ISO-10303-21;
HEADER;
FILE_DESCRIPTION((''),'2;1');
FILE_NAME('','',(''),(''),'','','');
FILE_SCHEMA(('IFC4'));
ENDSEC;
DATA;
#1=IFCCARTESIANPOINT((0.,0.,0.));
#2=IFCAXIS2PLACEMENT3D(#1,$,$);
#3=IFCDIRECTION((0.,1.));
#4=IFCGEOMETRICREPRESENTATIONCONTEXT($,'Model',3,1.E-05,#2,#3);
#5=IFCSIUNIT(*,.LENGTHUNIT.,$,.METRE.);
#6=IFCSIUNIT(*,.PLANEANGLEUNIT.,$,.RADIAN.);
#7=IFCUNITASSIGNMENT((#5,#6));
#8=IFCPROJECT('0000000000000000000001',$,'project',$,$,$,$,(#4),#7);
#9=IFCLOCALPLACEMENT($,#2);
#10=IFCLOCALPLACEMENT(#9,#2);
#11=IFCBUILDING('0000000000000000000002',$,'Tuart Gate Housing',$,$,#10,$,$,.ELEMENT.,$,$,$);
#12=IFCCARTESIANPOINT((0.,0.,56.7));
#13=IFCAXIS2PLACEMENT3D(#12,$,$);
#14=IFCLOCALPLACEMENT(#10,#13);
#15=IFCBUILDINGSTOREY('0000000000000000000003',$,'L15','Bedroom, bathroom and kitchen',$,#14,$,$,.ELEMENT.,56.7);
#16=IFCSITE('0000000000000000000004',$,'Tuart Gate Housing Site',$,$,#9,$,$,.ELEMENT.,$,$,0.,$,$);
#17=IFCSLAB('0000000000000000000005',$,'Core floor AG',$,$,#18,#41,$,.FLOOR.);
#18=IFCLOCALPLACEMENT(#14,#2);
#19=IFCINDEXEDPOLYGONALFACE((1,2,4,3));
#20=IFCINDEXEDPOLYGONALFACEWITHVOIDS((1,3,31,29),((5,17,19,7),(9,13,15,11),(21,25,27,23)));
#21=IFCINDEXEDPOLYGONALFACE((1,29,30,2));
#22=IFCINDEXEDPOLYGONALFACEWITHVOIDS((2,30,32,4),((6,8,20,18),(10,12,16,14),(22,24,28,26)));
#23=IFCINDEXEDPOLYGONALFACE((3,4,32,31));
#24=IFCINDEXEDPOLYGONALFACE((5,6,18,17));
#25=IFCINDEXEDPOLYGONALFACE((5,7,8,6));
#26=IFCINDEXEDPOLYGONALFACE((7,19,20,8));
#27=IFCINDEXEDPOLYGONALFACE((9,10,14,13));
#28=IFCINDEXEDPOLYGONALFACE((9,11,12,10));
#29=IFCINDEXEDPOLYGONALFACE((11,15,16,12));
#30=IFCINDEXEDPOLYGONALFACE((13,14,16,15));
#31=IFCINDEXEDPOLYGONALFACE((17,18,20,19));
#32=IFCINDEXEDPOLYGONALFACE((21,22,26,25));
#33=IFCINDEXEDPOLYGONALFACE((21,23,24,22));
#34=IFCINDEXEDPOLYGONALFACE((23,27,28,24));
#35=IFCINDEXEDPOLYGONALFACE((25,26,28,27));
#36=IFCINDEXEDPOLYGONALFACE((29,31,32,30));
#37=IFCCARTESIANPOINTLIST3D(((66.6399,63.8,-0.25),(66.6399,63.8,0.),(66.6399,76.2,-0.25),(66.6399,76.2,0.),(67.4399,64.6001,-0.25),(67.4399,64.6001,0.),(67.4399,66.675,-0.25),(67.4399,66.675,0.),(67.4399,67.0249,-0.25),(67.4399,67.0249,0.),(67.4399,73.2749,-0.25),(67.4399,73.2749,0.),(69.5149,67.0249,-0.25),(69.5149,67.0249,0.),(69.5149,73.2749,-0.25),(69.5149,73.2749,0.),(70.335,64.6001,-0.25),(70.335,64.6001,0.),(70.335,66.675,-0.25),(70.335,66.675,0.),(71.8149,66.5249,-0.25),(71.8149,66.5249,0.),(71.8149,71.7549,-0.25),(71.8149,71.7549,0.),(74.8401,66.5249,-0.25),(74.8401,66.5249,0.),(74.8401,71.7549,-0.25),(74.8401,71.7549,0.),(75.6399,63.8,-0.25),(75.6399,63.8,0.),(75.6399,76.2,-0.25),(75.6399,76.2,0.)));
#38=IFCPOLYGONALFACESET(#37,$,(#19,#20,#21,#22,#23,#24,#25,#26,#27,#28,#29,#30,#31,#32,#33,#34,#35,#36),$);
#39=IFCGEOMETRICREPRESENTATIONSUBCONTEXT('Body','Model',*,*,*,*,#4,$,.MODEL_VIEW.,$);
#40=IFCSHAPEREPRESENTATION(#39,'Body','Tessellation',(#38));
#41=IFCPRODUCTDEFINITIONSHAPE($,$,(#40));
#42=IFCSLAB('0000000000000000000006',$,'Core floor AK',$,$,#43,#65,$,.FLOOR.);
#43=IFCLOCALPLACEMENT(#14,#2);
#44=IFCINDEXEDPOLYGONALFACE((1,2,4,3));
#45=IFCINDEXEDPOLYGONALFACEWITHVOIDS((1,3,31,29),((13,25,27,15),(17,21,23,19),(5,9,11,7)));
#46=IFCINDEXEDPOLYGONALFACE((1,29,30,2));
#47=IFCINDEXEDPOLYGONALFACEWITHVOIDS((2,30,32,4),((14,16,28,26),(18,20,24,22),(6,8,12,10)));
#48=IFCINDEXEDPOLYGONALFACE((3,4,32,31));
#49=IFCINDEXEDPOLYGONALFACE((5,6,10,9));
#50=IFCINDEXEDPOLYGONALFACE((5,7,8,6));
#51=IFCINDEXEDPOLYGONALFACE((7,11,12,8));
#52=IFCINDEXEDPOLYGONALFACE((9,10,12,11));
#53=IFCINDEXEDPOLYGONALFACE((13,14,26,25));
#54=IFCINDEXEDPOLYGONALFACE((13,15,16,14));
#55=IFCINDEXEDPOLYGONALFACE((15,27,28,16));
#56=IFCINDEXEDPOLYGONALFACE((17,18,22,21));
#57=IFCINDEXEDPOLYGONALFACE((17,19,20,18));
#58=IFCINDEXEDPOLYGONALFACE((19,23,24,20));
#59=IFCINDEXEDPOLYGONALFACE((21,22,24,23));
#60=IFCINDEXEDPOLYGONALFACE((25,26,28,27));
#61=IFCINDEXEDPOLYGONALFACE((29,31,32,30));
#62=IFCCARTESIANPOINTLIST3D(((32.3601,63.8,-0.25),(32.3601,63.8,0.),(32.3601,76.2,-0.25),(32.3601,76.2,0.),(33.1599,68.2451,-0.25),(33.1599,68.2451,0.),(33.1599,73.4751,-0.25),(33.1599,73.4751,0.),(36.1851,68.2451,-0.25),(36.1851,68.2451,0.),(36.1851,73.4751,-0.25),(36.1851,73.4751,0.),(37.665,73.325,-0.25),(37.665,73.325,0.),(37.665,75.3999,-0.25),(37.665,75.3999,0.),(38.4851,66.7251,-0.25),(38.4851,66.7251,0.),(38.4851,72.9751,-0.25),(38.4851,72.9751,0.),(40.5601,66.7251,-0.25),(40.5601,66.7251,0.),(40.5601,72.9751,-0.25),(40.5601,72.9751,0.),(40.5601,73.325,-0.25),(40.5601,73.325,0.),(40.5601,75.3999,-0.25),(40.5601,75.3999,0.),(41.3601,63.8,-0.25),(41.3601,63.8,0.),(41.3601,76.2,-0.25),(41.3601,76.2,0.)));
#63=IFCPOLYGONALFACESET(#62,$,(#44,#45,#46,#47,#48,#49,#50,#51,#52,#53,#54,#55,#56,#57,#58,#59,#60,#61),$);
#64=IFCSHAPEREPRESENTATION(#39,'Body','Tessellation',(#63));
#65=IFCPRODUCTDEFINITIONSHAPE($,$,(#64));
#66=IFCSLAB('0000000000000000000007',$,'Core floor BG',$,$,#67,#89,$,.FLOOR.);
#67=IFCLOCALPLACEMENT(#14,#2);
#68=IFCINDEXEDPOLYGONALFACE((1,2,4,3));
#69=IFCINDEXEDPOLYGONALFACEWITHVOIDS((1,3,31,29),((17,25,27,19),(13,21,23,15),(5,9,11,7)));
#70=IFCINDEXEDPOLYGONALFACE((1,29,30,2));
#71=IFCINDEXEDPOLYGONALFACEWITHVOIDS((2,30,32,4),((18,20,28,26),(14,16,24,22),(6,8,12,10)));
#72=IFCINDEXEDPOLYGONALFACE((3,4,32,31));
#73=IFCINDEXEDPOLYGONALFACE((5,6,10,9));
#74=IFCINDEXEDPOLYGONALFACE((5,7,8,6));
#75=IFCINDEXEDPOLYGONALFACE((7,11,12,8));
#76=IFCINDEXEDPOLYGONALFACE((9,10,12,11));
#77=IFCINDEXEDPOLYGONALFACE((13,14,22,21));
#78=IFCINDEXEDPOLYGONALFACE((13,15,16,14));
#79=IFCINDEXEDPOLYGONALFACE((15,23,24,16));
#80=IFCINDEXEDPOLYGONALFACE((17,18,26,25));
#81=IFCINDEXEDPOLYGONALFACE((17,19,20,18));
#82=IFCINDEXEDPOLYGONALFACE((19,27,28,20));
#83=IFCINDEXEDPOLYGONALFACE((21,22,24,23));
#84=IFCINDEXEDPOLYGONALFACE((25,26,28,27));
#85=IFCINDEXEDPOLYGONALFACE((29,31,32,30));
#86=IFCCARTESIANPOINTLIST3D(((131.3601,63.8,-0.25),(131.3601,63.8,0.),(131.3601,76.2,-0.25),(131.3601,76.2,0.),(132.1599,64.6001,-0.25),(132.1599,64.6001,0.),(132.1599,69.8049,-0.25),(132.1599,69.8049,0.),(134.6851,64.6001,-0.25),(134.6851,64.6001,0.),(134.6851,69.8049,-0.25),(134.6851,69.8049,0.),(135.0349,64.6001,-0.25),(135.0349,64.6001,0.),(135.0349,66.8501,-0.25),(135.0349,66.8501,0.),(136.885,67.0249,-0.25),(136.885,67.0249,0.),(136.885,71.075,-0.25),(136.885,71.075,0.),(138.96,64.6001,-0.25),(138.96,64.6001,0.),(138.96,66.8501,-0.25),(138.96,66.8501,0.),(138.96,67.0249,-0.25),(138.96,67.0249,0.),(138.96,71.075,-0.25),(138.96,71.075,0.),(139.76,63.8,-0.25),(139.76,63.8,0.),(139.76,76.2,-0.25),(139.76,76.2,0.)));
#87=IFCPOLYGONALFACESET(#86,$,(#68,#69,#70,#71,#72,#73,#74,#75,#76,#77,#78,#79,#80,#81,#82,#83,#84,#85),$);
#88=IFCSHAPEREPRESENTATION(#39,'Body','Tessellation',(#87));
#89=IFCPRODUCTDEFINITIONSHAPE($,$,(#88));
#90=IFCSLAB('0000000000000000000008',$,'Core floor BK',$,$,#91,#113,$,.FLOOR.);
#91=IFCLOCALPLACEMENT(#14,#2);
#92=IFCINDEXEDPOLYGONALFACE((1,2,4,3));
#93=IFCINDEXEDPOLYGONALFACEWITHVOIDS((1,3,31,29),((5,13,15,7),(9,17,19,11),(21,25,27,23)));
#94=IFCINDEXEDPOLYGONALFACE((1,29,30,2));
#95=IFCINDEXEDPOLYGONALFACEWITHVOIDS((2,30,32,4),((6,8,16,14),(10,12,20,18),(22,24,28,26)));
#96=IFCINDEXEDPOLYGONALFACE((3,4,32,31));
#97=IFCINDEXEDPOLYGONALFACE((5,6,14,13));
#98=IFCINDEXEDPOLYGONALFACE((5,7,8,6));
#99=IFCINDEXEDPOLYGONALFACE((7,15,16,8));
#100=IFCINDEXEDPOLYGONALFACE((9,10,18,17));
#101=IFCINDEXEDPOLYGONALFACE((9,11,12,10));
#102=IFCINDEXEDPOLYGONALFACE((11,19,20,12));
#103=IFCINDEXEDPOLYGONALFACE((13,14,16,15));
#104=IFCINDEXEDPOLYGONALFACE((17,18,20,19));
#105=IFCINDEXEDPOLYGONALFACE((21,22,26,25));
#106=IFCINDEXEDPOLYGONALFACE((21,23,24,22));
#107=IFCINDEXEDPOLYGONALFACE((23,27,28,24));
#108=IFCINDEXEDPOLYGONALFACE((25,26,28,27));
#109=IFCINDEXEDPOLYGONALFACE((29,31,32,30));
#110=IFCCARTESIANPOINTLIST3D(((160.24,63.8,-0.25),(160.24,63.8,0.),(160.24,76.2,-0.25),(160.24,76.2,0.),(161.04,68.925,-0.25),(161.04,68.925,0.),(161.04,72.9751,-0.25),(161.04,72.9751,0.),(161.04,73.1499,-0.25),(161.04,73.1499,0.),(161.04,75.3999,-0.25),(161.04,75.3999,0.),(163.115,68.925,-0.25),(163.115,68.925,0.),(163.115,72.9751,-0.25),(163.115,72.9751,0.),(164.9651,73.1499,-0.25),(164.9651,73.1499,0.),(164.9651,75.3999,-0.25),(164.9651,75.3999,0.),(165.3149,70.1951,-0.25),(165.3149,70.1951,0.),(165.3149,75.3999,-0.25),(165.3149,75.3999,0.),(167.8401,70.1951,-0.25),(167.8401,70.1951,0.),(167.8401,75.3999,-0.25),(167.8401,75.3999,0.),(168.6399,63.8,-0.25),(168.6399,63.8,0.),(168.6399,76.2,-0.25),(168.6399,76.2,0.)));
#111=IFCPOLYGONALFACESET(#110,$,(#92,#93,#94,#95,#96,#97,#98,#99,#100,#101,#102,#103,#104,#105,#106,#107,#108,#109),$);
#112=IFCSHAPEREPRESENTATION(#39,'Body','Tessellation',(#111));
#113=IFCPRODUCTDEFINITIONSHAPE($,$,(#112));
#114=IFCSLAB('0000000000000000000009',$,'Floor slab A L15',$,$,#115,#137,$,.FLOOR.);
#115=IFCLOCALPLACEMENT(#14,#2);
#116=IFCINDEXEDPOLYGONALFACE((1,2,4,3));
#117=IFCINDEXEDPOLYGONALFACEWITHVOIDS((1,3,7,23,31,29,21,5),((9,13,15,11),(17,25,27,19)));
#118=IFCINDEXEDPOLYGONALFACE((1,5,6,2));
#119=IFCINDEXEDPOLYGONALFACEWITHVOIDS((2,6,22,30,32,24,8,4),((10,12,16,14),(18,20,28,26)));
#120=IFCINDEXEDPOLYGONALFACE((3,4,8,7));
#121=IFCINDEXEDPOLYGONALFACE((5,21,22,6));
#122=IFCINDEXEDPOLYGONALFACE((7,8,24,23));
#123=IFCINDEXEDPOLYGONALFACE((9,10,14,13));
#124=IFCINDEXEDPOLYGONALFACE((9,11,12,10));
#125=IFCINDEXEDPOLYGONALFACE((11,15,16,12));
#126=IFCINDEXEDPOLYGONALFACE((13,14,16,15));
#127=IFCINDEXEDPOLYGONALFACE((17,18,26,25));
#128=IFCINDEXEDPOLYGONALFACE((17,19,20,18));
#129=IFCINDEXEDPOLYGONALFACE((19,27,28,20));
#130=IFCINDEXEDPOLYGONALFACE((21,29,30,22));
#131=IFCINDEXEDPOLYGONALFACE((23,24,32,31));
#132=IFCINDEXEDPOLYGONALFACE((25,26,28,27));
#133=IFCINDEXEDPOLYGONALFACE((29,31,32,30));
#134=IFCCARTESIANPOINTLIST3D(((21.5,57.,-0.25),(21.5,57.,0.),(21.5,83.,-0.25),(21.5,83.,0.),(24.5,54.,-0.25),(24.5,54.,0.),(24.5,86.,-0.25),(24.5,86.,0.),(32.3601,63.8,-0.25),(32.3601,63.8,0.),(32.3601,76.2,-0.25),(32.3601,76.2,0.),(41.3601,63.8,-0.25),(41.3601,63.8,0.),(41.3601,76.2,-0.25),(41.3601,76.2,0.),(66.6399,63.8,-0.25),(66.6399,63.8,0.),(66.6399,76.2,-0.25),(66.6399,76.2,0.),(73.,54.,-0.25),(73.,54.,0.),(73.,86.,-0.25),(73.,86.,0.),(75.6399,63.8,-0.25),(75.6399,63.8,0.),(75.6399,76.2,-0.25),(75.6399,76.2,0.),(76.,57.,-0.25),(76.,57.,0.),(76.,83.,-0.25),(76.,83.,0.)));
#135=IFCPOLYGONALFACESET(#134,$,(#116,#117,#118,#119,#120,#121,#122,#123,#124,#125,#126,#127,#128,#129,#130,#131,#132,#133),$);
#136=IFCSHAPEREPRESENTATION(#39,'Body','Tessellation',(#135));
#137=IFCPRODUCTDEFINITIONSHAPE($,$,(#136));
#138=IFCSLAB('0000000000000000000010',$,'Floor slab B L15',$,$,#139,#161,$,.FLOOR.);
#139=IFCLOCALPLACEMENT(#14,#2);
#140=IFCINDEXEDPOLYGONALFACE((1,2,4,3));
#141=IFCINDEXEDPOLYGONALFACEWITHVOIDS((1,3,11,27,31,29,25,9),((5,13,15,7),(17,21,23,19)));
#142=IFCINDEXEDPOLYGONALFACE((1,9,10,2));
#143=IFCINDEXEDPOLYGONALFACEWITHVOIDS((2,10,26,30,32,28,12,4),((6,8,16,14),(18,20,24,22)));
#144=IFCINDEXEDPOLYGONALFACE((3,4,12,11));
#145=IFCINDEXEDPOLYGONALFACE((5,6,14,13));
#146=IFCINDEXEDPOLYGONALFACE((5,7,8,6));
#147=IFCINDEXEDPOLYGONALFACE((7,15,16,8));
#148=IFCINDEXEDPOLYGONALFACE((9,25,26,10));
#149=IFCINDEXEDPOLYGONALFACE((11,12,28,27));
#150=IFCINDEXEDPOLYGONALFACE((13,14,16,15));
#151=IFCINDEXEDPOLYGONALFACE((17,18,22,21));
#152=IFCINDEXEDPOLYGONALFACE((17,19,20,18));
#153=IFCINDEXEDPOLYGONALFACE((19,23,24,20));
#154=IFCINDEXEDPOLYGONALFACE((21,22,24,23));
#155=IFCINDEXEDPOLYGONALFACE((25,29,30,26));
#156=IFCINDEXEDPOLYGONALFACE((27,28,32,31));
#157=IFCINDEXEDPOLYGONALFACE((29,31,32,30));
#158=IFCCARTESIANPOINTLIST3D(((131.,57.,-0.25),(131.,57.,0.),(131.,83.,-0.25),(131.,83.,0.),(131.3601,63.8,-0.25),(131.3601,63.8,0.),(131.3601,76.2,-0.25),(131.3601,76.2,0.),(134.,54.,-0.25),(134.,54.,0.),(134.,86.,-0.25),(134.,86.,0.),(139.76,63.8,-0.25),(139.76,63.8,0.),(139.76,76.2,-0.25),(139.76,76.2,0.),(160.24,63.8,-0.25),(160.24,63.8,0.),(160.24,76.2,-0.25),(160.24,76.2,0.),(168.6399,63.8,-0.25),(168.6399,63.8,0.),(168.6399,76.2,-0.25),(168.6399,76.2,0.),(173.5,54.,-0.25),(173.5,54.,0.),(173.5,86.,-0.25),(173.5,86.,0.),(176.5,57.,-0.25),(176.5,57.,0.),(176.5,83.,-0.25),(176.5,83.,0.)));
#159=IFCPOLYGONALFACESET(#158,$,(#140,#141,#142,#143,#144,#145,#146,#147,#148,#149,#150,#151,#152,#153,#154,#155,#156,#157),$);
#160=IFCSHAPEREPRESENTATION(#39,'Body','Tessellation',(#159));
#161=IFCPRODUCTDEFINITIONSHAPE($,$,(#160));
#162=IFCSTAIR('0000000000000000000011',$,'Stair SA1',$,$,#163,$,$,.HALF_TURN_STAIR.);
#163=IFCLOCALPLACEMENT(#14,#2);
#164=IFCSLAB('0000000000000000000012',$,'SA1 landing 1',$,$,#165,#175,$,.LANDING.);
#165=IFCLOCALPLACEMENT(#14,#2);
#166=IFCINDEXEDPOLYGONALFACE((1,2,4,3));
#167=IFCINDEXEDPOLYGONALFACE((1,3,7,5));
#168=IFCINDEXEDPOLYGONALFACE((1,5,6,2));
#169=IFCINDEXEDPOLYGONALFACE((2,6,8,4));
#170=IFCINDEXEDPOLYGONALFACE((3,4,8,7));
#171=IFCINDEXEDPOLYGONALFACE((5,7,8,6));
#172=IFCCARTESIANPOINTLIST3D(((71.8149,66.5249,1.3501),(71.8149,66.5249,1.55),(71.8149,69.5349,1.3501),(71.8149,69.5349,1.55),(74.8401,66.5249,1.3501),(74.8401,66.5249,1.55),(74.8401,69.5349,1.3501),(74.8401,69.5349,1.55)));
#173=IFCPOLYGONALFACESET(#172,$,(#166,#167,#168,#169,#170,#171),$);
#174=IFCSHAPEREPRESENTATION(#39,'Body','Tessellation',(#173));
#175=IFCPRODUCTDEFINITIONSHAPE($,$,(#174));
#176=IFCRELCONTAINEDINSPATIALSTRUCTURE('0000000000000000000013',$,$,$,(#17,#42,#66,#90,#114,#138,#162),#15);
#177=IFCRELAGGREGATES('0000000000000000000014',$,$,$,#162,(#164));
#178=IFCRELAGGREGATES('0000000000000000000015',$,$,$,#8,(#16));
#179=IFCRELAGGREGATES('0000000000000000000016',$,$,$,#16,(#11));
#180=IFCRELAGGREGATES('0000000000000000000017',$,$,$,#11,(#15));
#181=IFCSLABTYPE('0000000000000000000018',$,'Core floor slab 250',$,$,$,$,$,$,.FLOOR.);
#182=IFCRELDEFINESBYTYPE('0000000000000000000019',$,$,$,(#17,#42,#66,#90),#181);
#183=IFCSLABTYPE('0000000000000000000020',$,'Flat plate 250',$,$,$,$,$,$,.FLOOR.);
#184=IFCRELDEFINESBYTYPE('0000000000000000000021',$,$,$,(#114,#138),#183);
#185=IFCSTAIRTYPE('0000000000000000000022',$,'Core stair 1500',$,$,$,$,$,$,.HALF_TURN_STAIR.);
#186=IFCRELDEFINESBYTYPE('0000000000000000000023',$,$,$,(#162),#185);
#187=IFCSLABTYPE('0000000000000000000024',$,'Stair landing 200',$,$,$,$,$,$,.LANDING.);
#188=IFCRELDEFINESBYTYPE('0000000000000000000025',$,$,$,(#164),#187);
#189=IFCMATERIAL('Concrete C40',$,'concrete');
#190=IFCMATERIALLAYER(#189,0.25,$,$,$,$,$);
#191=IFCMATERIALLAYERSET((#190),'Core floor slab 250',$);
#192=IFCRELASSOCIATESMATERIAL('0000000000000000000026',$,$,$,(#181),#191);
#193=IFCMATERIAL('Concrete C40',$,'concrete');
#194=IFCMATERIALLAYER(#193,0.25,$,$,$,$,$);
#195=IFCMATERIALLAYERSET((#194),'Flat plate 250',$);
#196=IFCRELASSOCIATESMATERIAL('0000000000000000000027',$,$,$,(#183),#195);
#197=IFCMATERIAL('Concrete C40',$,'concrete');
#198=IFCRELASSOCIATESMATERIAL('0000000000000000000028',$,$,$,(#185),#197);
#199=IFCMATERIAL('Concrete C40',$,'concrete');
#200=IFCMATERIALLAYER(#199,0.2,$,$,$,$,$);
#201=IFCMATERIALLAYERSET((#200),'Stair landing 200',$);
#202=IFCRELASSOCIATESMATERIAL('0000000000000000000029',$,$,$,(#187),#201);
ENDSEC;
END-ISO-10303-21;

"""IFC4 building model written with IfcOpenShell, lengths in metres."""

from ifc_helpers import new_model, si_unit, direction, frame, origin, place, context, subcontext, project, spatial, polyline, outline, extrude, material, layer, layer_set, type_object, element, aggregate, save


model = new_model("IFC4")

# Units and contexts
model_context = context("Model", 3, precision=1e-05, world=origin(), true_north=direction((0.0, 1.0)))
body_context = subcontext(model_context, "Body", "Model", "MODEL_VIEW")
ifc_project = project(units=[si_unit("LENGTHUNIT", "METRE"), si_unit("PLANEANGLEUNIT", "RADIAN")], contexts=[model_context])

# Site, building, storey
site_placement = place(None, origin())
site = spatial("IfcSite", under=ifc_project, at=site_placement, Name="Tuart Gate Housing Site", CompositionType="ELEMENT", RefElevation=0.0)
building_placement = place(site_placement, origin())
building = spatial("IfcBuilding", under=site, at=building_placement, Name="Tuart Gate Housing", CompositionType="ELEMENT")
storey_placement = place(building_placement, frame((0.0, 0.0, 56.7)))
storey = spatial("IfcBuildingStorey", under=building, at=storey_placement, Name="L15", Description="Bedroom, bathroom and kitchen", CompositionType="ELEMENT", Elevation=56.7)

# Slabs
ifc_material_1 = material(Name="Concrete C40", Category="concrete")
ifc_layer_1 = layer(ifc_material_1, 0.25)
ifc_layer_set_1 = layer_set([ifc_layer_1], Name="Core floor slab 250")
slab_type_1 = type_object("IfcSlabType", Name="Core floor slab 250", PredefinedType="FLOOR", material=ifc_layer_set_1)
slab_1_placement = place(storey_placement, frame((0.0, 0.0, -0.25)))
element("IfcSlab", 1, at=slab_1_placement, inside=storey, type_object=slab_type_1, Name="Core floor AG", PredefinedType="FLOOR", context=body_context, shape_type="SweptSolid", body=[
    extrude(outline(polyline([(66.6399, 63.8), (75.6399, 63.8), (75.6399, 76.2), (66.6399, 76.2), (66.6399, 63.8)]), holes=[polyline([(67.4399, 64.6001), (70.335, 64.6001), (70.335, 66.675), (67.4399, 66.675), (67.4399, 64.6001)]), polyline([(67.4399, 67.0249), (69.5149, 67.0249), (69.5149, 73.2749), (67.4399, 73.2749), (67.4399, 67.0249)]), polyline([(71.8149, 66.5249), (74.8401, 66.5249), (74.8401, 71.7549), (71.8149, 71.7549), (71.8149, 66.5249)])]), origin(), (0.0, 0.0, 1.0), 0.25),
])
slab_2_placement = place(storey_placement, frame((0.0, 0.0, -0.25)))
element("IfcSlab", 2, at=slab_2_placement, inside=storey, type_object=slab_type_1, Name="Core floor AK", PredefinedType="FLOOR", context=body_context, shape_type="SweptSolid", body=[
    extrude(outline(polyline([(32.3601, 63.8), (41.3601, 63.8), (41.3601, 76.2), (32.3601, 76.2), (32.3601, 63.8)]), holes=[polyline([(40.5601, 75.3999), (37.665, 75.3999), (37.665, 73.325), (40.5601, 73.325), (40.5601, 75.3999)]), polyline([(40.5601, 72.9751), (38.4851, 72.9751), (38.4851, 66.7251), (40.5601, 66.7251), (40.5601, 72.9751)]), polyline([(36.1851, 73.4751), (33.1599, 73.4751), (33.1599, 68.2451), (36.1851, 68.2451), (36.1851, 73.4751)])]), origin(), (0.0, 0.0, 1.0), 0.25),
])
slab_3_placement = place(storey_placement, frame((0.0, 0.0, -0.25)))
element("IfcSlab", 3, at=slab_3_placement, inside=storey, type_object=slab_type_1, Name="Core floor BG", PredefinedType="FLOOR", context=body_context, shape_type="SweptSolid", body=[
    extrude(outline(polyline([(131.3601, 63.8), (139.76, 63.8), (139.76, 76.2), (131.3601, 76.2), (131.3601, 63.8)]), holes=[polyline([(138.96, 66.8501), (135.0349, 66.8501), (135.0349, 64.6001), (138.96, 64.6001), (138.96, 66.8501)]), polyline([(138.96, 71.075), (136.885, 71.075), (136.885, 67.0249), (138.96, 67.0249), (138.96, 71.075)]), polyline([(134.6851, 69.8049), (132.1599, 69.8049), (132.1599, 64.6001), (134.6851, 64.6001), (134.6851, 69.8049)])]), origin(), (0.0, 0.0, 1.0), 0.25),
])
slab_4_placement = place(storey_placement, frame((0.0, 0.0, -0.25)))
element("IfcSlab", 4, at=slab_4_placement, inside=storey, type_object=slab_type_1, Name="Core floor BK", PredefinedType="FLOOR", context=body_context, shape_type="SweptSolid", body=[
    extrude(outline(polyline([(160.24, 63.8), (168.6399, 63.8), (168.6399, 76.2), (160.24, 76.2), (160.24, 63.8)]), holes=[polyline([(161.04, 73.1499), (164.9651, 73.1499), (164.9651, 75.3999), (161.04, 75.3999), (161.04, 73.1499)]), polyline([(161.04, 68.925), (163.115, 68.925), (163.115, 72.9751), (161.04, 72.9751), (161.04, 68.925)]), polyline([(165.3149, 70.1951), (167.8401, 70.1951), (167.8401, 75.3999), (165.3149, 75.3999), (165.3149, 70.1951)])]), origin(), (0.0, 0.0, 1.0), 0.25),
])
ifc_material_2 = material(Name="Concrete C40", Category="concrete")
ifc_layer_2 = layer(ifc_material_2, 0.25)
ifc_layer_set_2 = layer_set([ifc_layer_2], Name="Flat plate 250")
slab_type_2 = type_object("IfcSlabType", Name="Flat plate 250", PredefinedType="FLOOR", material=ifc_layer_set_2)
slab_5_placement = place(storey_placement, frame((0.0, 0.0, -0.25)))
element("IfcSlab", 5, at=slab_5_placement, inside=storey, type_object=slab_type_2, Name="Floor slab A L15", PredefinedType="FLOOR", context=body_context, shape_type="SweptSolid", body=[
    extrude(outline(polyline([(24.5, 86.0), (21.5, 83.0), (21.5, 57.0), (24.5, 54.0), (73.0, 54.0), (76.0, 57.0), (76.0, 83.0), (73.0, 86.0), (24.5, 86.0)]), holes=[polyline([(66.6399, 76.2), (75.6399, 76.2), (75.6399, 63.8), (66.6399, 63.8), (66.6399, 76.2)]), polyline([(41.3601, 76.2), (41.3601, 63.8), (32.3601, 63.8), (32.3601, 76.2), (41.3601, 76.2)])]), origin(), (0.0, 0.0, 1.0), 0.25),
])
slab_6_placement = place(storey_placement, frame((0.0, 0.0, -0.25)))
element("IfcSlab", 6, at=slab_6_placement, inside=storey, type_object=slab_type_2, Name="Floor slab B L15", PredefinedType="FLOOR", context=body_context, shape_type="SweptSolid", body=[
    extrude(outline(polyline([(134.0, 86.0), (131.0, 83.0), (131.0, 57.0), (134.0, 54.0), (173.5, 54.0), (176.5, 57.0), (176.5, 83.0), (173.5, 86.0), (134.0, 86.0)]), holes=[polyline([(131.3601, 76.2), (139.76, 76.2), (139.76, 63.8), (131.3601, 63.8), (131.3601, 76.2)]), polyline([(168.6399, 76.2), (168.6399, 63.8), (160.24, 63.8), (160.24, 76.2), (168.6399, 76.2)])]), origin(), (0.0, 0.0, 1.0), 0.25),
])

# Stair, slab
ifc_material_3 = material(Name="Concrete C40", Category="concrete")
stair_type_1 = type_object("IfcStairType", Name="Core stair 1500", PredefinedType="HALF_TURN_STAIR", material=ifc_material_3)
stair_1_placement = place(storey_placement, origin())
stair_1 = element("IfcStair", 7, at=stair_1_placement, inside=storey, type_object=stair_type_1, Name="Stair SA1", PredefinedType="HALF_TURN_STAIR")
ifc_material_4 = material(Name="Concrete C40", Category="concrete")
ifc_layer_3 = layer(ifc_material_4, 0.2)
ifc_layer_set_3 = layer_set([ifc_layer_3], Name="Stair landing 200")
slab_type_3 = type_object("IfcSlabType", Name="Stair landing 200", PredefinedType="LANDING", material=ifc_layer_set_3)
slab_7_placement = place(storey_placement, frame((0.0, 0.0, 1.3501)))
slab_7 = element("IfcSlab", 8, at=slab_7_placement, type_object=slab_type_3, Name="SA1 landing 1", PredefinedType="LANDING", context=body_context, shape_type="SweptSolid", body=[
    extrude(outline(polyline([(71.8149, 66.5249), (74.8401, 66.5249), (74.8401, 69.5349), (71.8149, 69.5349), (71.8149, 66.5249)])), origin(), (0.0, 0.0, 1.0), 0.2),
])
aggregate(stair_1, [slab_7])

save(model, "model.ifc")
